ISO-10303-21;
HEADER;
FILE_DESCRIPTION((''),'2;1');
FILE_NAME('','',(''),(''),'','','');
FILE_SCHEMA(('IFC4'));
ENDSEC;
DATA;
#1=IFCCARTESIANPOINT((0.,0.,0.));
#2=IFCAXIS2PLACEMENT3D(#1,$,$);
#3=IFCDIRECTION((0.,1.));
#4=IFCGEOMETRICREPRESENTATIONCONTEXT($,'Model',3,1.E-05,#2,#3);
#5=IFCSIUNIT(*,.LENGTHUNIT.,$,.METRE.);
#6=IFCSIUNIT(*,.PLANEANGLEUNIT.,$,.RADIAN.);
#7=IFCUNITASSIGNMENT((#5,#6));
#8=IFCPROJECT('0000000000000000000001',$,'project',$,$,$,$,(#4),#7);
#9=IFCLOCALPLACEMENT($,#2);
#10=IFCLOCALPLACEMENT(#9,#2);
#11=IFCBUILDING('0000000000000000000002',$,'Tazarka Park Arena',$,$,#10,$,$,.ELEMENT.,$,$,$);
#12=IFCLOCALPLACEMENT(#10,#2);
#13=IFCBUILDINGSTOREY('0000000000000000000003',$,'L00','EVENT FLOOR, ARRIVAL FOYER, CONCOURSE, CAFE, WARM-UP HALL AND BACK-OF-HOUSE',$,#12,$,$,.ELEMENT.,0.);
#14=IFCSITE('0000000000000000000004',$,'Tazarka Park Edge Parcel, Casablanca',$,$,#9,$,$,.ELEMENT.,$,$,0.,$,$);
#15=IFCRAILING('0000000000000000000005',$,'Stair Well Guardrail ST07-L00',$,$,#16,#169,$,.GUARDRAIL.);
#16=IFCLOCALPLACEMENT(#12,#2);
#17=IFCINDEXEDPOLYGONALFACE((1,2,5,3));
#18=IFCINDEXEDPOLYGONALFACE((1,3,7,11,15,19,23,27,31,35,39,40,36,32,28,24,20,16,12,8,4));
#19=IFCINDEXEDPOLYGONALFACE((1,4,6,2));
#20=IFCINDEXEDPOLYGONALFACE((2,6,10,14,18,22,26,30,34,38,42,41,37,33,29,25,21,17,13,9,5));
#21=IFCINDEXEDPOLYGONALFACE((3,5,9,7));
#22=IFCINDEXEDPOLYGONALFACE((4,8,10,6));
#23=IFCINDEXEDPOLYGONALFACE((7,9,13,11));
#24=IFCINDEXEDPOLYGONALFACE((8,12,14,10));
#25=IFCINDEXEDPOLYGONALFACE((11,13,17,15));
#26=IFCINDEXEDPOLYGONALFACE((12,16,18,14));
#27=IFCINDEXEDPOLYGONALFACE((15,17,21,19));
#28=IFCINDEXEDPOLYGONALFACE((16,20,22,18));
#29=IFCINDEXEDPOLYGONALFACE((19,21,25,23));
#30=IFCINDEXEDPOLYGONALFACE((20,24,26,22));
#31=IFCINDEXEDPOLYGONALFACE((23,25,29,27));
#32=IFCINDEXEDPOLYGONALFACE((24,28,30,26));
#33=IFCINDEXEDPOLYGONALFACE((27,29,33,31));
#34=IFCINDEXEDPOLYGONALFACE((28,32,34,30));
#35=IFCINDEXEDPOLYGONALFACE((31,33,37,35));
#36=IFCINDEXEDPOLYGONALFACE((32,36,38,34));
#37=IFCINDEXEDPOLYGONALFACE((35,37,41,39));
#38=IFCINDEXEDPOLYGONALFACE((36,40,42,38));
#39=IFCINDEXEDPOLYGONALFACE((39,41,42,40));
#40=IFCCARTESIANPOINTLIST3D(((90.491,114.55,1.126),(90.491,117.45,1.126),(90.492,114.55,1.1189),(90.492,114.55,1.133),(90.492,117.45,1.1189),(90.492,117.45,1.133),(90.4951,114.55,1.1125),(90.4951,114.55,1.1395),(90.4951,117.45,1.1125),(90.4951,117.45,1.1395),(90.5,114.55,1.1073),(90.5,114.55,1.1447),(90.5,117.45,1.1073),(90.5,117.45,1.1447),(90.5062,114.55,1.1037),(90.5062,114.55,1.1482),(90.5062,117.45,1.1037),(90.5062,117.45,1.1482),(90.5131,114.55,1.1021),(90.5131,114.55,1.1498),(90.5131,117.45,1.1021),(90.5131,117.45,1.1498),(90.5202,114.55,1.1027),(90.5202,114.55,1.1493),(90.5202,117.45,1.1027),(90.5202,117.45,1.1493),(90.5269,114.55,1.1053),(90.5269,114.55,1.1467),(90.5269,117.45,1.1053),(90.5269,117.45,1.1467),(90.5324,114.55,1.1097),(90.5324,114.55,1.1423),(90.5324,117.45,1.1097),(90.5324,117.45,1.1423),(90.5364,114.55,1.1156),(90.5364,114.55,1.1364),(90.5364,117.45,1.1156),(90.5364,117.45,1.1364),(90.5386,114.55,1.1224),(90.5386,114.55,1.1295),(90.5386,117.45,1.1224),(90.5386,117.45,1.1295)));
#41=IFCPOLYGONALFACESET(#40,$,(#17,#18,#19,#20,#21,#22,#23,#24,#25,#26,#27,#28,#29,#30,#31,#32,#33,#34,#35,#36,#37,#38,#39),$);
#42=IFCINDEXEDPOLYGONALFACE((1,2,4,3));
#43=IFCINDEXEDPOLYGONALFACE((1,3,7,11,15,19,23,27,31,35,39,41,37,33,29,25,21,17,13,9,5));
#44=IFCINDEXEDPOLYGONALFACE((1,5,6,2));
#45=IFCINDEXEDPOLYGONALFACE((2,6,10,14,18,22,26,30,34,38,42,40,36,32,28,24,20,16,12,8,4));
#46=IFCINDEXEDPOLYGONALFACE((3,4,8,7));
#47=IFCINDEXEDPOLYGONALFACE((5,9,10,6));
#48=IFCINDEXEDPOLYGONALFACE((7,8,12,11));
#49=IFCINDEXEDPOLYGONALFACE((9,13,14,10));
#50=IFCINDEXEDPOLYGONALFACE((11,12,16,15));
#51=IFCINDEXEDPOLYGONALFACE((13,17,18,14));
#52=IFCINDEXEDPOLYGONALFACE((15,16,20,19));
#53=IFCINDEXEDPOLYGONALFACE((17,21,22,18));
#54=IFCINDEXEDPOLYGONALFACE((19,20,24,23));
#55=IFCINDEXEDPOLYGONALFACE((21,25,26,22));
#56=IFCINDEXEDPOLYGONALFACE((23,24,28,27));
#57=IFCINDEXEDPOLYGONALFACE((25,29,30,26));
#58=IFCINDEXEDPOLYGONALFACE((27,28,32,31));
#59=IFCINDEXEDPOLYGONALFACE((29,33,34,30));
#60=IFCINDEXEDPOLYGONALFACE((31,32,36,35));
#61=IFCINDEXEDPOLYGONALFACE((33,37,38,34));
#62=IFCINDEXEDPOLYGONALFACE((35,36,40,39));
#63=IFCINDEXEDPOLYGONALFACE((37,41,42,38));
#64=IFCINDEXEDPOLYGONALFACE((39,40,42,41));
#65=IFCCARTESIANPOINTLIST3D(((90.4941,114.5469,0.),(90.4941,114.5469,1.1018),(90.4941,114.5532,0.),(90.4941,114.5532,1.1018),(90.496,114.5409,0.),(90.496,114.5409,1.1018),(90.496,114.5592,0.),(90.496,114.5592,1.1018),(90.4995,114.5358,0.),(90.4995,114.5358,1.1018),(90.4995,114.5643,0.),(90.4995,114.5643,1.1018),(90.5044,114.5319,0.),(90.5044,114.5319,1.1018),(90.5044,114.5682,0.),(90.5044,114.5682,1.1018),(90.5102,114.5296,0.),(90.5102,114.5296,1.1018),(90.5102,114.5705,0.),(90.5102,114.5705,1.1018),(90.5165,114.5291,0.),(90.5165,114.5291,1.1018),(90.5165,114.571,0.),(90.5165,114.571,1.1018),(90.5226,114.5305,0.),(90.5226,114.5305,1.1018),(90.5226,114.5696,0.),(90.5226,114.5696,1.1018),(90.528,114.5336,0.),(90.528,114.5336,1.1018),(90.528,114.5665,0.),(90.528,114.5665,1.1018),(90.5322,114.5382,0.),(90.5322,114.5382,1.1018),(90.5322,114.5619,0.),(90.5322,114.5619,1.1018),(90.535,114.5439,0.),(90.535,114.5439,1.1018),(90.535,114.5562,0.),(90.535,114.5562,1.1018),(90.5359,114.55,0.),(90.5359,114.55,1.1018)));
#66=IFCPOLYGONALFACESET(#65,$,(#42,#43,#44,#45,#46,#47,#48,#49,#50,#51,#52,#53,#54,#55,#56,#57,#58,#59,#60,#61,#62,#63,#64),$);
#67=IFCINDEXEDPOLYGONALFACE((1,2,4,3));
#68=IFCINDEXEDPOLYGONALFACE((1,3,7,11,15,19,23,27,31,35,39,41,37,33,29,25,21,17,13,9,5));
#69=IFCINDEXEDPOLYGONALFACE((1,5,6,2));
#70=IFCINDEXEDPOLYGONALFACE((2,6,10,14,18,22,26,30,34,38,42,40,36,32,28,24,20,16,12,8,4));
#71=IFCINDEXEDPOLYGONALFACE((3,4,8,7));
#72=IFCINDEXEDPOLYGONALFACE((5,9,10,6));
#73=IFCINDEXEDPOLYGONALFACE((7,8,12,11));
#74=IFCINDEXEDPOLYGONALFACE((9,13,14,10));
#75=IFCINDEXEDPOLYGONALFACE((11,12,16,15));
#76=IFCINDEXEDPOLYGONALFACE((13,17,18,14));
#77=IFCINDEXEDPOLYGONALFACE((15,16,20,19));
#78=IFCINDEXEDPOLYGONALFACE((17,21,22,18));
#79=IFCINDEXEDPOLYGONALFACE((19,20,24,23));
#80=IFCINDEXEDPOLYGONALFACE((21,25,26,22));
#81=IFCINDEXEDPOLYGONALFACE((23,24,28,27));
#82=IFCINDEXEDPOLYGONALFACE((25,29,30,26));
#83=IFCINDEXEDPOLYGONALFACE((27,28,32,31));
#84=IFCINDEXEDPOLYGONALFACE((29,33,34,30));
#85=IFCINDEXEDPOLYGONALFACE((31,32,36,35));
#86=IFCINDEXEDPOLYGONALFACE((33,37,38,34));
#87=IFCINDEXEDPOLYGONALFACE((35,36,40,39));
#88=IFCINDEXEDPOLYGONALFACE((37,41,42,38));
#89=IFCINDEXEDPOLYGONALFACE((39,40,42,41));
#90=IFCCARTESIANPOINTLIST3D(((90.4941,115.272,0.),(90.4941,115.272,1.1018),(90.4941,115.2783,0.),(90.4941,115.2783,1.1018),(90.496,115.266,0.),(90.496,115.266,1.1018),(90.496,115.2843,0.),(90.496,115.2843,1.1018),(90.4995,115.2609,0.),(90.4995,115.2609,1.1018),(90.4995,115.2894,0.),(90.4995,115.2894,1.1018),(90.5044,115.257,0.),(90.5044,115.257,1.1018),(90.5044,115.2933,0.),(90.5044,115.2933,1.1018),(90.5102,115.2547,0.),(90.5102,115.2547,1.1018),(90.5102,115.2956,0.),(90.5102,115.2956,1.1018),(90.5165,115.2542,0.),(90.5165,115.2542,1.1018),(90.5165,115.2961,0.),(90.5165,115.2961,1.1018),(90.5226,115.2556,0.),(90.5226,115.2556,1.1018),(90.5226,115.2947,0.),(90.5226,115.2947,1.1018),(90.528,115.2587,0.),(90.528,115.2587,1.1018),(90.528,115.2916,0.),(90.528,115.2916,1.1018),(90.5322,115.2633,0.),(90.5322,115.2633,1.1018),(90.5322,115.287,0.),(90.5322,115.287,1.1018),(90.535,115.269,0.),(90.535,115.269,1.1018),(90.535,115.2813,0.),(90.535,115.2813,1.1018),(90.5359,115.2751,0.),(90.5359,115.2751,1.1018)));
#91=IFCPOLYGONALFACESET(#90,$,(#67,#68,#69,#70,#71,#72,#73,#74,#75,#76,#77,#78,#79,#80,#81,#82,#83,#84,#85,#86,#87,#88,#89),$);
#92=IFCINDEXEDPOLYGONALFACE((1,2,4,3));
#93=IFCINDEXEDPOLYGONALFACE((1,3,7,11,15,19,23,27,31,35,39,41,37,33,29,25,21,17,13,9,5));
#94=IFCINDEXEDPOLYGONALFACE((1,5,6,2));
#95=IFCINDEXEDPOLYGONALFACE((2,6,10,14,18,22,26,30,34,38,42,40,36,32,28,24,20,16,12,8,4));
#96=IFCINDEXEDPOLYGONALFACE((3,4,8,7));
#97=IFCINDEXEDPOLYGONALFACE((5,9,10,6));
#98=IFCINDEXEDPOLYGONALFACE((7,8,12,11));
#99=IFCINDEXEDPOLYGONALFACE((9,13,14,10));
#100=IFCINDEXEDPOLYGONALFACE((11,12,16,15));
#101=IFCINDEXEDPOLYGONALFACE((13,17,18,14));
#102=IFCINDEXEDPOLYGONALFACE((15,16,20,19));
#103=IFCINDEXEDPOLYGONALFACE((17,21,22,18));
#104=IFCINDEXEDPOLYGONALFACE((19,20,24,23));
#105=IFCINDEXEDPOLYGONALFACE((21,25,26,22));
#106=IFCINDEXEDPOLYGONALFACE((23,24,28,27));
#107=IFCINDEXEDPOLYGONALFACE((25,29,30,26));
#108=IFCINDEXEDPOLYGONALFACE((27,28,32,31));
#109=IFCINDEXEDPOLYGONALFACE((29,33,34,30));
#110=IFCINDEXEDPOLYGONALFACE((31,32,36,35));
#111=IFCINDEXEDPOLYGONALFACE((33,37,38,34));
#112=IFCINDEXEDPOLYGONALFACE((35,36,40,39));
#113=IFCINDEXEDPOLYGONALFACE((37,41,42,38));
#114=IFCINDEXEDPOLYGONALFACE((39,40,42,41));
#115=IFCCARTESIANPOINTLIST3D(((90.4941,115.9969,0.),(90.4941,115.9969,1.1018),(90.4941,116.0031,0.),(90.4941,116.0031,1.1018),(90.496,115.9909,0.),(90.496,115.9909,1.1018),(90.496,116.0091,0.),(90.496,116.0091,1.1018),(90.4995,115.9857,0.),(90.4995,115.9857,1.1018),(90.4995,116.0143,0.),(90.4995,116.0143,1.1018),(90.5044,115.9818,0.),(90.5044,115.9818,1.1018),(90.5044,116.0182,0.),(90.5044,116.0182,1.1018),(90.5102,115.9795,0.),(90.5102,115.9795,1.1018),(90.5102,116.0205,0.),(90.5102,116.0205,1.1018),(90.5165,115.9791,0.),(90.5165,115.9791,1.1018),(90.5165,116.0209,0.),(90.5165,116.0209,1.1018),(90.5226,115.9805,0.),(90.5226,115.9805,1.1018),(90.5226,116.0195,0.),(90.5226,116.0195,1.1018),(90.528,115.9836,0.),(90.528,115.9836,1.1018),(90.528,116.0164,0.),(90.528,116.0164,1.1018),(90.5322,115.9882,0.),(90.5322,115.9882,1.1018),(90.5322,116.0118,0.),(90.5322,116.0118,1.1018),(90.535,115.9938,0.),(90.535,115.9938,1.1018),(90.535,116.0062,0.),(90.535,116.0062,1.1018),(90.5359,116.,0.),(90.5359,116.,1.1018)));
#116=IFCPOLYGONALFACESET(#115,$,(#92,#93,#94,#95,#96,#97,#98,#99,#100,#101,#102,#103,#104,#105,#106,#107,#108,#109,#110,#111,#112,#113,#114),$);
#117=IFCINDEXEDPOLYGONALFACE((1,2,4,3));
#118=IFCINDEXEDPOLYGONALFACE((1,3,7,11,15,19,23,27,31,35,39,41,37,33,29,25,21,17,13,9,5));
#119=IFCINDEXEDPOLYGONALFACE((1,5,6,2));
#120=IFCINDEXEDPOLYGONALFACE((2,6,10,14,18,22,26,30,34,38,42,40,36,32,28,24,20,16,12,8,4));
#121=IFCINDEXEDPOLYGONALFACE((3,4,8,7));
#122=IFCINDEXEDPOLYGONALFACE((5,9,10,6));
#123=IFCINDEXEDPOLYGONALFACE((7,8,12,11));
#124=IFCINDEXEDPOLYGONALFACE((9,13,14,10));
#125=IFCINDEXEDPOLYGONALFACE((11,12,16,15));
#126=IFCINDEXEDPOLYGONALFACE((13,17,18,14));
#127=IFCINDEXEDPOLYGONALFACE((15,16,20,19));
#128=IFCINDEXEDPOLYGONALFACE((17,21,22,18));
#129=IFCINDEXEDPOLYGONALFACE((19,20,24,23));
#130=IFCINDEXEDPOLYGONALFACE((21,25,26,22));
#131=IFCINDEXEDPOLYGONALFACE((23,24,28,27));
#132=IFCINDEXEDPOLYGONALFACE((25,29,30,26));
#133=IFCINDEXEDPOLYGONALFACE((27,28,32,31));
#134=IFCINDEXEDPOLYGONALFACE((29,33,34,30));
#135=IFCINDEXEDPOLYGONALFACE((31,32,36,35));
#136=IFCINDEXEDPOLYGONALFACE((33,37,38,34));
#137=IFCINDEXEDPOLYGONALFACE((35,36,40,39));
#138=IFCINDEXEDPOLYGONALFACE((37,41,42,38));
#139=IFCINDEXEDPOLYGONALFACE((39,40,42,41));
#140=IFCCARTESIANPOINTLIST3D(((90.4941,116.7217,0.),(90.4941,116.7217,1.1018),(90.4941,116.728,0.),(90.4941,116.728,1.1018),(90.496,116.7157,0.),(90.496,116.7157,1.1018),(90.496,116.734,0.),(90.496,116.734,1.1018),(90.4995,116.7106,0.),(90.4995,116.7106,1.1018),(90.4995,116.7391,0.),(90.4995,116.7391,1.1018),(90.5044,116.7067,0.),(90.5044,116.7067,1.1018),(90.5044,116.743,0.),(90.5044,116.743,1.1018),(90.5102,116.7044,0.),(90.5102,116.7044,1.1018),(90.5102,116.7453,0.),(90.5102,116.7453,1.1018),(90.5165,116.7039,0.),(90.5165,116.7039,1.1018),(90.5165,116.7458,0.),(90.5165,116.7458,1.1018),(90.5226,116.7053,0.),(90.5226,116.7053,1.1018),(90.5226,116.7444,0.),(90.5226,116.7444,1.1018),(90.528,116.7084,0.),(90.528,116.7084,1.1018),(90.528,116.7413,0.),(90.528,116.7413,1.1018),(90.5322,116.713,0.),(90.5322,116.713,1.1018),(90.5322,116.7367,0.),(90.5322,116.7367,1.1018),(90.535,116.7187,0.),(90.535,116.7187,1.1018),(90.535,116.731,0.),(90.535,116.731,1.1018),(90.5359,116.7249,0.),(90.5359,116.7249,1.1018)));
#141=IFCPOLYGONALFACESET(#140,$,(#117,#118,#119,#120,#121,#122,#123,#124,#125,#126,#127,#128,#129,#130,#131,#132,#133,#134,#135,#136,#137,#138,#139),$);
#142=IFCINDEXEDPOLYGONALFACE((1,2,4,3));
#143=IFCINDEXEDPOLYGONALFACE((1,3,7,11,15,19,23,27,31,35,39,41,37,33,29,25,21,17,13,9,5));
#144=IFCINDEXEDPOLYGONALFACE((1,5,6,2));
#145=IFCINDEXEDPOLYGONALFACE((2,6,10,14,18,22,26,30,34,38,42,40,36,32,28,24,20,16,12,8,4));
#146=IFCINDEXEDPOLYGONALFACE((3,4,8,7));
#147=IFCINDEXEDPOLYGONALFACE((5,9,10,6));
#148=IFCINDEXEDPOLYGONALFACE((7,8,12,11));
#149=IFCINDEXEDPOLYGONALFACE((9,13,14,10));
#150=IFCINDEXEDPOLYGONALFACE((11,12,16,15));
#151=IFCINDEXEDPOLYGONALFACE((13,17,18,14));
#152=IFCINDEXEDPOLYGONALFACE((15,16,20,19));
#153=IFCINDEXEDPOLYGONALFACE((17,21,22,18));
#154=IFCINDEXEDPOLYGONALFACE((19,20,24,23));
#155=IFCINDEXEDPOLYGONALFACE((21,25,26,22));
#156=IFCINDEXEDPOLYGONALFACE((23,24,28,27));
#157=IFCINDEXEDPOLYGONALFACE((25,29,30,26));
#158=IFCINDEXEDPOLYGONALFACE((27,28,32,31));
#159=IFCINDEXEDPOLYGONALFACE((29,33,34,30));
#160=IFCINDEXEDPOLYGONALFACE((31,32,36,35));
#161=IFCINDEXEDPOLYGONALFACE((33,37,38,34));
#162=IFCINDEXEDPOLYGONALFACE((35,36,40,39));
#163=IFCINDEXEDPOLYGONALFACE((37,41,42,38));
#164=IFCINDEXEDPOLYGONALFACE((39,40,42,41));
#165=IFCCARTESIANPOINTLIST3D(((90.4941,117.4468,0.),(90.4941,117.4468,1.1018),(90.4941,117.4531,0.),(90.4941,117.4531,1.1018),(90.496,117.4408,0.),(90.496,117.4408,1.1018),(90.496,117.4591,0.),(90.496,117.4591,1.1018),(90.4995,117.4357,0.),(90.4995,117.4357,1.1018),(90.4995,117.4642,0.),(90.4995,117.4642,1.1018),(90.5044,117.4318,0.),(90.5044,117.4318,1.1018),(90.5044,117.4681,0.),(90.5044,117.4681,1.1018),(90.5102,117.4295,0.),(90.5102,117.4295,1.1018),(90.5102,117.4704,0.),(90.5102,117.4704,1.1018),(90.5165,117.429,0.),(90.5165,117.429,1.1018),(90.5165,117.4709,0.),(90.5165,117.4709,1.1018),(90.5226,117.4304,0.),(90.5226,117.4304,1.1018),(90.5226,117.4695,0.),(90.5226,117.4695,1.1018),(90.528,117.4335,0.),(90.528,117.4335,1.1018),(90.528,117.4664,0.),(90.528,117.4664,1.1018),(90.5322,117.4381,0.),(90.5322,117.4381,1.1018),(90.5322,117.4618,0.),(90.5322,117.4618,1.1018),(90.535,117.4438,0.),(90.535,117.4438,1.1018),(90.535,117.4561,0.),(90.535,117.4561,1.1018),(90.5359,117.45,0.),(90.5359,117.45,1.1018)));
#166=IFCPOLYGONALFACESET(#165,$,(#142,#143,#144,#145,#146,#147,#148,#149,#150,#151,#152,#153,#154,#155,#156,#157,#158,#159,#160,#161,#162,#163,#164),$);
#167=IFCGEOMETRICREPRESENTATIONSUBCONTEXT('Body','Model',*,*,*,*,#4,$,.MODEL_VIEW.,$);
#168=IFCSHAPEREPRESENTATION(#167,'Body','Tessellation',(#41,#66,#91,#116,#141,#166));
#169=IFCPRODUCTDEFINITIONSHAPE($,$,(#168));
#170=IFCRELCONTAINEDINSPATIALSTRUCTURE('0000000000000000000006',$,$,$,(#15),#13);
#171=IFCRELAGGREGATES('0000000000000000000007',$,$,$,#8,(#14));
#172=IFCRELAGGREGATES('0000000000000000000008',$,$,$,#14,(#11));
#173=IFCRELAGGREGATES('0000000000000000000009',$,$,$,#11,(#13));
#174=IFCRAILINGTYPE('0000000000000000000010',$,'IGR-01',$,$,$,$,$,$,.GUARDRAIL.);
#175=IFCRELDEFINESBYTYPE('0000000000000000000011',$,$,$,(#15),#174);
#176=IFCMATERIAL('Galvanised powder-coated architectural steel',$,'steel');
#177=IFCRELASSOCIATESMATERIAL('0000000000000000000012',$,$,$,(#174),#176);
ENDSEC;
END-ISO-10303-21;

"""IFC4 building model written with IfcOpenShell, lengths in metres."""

from ifc_helpers import new_model, si_unit, direction, frame, origin, origin_2d, place, context, subcontext, project, spatial, circle, extrude, material, type_object, element, save


model = new_model("IFC4")

# Units and contexts
model_context = context("Model", 3, precision=1e-05, world=origin(), true_north=direction((0.0, 1.0)))
body_context = subcontext(model_context, "Body", "Model", "MODEL_VIEW")
ifc_project = project(units=[si_unit("LENGTHUNIT", "METRE"), si_unit("PLANEANGLEUNIT", "RADIAN")], contexts=[model_context])

# Site, building, storey
site_placement = place(None, origin())
site = spatial("IfcSite", under=ifc_project, at=site_placement, Name="Tazarka Park Edge Parcel, Casablanca", CompositionType="ELEMENT", RefElevation=0.0)
building_placement = place(site_placement, origin())
building = spatial("IfcBuilding", under=site, at=building_placement, Name="Tazarka Park Arena", CompositionType="ELEMENT")
storey_placement = place(building_placement, origin())
storey = spatial("IfcBuildingStorey", under=building, at=storey_placement, Name="L00", Description="EVENT FLOOR, ARRIVAL FOYER, CONCOURSE, CAFE, WARM-UP HALL AND BACK-OF-HOUSE", CompositionType="ELEMENT", Elevation=0.0)

# Railing
ifc_material_1 = material(Name="Galvanised powder-coated architectural steel", Category="steel")
railing_type_1 = type_object("IfcRailingType", Name="IGR-01", PredefinedType="GUARDRAIL", material=ifc_material_1)
for number, where, name in (
    (1, (90.5149, 114.55, 0.0), "Stair Well Guardrail ST07-L00"),
):
    element("IfcRailing", number, at=place(storey_placement, frame(where)), inside=storey, type_object=railing_type_1, Name=name, PredefinedType="GUARDRAIL", context=body_context, shape_type="SweptSolid", body=[
        extrude(circle(Radius=0.0239, at=origin_2d()), frame((0.0, 0.0, 1.126), z_axis=(0.0, 1.0, 0.0), x_axis=(-1.0, 0.0, 0.0)), (0.0, 0.0, 1.0), 2.8999),
        extrude(circle(Radius=0.021, at=origin_2d()), origin(), (0.0, 0.0, 1.0), 1.1018),
        extrude(circle(Radius=0.021, at=origin_2d()), frame((0.0, 0.7251, 0.0)), (0.0, 0.0, 1.0), 1.1018),
        extrude(circle(Radius=0.021, at=origin_2d()), frame((0.0, 1.45, 0.0)), (0.0, 0.0, 1.0), 1.1018),
        extrude(circle(Radius=0.021, at=origin_2d()), frame((0.0, 2.1748, 0.0)), (0.0, 0.0, 1.0), 1.1018),
        extrude(circle(Radius=0.021, at=origin_2d()), frame((0.0, 2.8999, 0.0)), (0.0, 0.0, 1.0), 1.1018),
    ])

save(model, "model.ifc")
